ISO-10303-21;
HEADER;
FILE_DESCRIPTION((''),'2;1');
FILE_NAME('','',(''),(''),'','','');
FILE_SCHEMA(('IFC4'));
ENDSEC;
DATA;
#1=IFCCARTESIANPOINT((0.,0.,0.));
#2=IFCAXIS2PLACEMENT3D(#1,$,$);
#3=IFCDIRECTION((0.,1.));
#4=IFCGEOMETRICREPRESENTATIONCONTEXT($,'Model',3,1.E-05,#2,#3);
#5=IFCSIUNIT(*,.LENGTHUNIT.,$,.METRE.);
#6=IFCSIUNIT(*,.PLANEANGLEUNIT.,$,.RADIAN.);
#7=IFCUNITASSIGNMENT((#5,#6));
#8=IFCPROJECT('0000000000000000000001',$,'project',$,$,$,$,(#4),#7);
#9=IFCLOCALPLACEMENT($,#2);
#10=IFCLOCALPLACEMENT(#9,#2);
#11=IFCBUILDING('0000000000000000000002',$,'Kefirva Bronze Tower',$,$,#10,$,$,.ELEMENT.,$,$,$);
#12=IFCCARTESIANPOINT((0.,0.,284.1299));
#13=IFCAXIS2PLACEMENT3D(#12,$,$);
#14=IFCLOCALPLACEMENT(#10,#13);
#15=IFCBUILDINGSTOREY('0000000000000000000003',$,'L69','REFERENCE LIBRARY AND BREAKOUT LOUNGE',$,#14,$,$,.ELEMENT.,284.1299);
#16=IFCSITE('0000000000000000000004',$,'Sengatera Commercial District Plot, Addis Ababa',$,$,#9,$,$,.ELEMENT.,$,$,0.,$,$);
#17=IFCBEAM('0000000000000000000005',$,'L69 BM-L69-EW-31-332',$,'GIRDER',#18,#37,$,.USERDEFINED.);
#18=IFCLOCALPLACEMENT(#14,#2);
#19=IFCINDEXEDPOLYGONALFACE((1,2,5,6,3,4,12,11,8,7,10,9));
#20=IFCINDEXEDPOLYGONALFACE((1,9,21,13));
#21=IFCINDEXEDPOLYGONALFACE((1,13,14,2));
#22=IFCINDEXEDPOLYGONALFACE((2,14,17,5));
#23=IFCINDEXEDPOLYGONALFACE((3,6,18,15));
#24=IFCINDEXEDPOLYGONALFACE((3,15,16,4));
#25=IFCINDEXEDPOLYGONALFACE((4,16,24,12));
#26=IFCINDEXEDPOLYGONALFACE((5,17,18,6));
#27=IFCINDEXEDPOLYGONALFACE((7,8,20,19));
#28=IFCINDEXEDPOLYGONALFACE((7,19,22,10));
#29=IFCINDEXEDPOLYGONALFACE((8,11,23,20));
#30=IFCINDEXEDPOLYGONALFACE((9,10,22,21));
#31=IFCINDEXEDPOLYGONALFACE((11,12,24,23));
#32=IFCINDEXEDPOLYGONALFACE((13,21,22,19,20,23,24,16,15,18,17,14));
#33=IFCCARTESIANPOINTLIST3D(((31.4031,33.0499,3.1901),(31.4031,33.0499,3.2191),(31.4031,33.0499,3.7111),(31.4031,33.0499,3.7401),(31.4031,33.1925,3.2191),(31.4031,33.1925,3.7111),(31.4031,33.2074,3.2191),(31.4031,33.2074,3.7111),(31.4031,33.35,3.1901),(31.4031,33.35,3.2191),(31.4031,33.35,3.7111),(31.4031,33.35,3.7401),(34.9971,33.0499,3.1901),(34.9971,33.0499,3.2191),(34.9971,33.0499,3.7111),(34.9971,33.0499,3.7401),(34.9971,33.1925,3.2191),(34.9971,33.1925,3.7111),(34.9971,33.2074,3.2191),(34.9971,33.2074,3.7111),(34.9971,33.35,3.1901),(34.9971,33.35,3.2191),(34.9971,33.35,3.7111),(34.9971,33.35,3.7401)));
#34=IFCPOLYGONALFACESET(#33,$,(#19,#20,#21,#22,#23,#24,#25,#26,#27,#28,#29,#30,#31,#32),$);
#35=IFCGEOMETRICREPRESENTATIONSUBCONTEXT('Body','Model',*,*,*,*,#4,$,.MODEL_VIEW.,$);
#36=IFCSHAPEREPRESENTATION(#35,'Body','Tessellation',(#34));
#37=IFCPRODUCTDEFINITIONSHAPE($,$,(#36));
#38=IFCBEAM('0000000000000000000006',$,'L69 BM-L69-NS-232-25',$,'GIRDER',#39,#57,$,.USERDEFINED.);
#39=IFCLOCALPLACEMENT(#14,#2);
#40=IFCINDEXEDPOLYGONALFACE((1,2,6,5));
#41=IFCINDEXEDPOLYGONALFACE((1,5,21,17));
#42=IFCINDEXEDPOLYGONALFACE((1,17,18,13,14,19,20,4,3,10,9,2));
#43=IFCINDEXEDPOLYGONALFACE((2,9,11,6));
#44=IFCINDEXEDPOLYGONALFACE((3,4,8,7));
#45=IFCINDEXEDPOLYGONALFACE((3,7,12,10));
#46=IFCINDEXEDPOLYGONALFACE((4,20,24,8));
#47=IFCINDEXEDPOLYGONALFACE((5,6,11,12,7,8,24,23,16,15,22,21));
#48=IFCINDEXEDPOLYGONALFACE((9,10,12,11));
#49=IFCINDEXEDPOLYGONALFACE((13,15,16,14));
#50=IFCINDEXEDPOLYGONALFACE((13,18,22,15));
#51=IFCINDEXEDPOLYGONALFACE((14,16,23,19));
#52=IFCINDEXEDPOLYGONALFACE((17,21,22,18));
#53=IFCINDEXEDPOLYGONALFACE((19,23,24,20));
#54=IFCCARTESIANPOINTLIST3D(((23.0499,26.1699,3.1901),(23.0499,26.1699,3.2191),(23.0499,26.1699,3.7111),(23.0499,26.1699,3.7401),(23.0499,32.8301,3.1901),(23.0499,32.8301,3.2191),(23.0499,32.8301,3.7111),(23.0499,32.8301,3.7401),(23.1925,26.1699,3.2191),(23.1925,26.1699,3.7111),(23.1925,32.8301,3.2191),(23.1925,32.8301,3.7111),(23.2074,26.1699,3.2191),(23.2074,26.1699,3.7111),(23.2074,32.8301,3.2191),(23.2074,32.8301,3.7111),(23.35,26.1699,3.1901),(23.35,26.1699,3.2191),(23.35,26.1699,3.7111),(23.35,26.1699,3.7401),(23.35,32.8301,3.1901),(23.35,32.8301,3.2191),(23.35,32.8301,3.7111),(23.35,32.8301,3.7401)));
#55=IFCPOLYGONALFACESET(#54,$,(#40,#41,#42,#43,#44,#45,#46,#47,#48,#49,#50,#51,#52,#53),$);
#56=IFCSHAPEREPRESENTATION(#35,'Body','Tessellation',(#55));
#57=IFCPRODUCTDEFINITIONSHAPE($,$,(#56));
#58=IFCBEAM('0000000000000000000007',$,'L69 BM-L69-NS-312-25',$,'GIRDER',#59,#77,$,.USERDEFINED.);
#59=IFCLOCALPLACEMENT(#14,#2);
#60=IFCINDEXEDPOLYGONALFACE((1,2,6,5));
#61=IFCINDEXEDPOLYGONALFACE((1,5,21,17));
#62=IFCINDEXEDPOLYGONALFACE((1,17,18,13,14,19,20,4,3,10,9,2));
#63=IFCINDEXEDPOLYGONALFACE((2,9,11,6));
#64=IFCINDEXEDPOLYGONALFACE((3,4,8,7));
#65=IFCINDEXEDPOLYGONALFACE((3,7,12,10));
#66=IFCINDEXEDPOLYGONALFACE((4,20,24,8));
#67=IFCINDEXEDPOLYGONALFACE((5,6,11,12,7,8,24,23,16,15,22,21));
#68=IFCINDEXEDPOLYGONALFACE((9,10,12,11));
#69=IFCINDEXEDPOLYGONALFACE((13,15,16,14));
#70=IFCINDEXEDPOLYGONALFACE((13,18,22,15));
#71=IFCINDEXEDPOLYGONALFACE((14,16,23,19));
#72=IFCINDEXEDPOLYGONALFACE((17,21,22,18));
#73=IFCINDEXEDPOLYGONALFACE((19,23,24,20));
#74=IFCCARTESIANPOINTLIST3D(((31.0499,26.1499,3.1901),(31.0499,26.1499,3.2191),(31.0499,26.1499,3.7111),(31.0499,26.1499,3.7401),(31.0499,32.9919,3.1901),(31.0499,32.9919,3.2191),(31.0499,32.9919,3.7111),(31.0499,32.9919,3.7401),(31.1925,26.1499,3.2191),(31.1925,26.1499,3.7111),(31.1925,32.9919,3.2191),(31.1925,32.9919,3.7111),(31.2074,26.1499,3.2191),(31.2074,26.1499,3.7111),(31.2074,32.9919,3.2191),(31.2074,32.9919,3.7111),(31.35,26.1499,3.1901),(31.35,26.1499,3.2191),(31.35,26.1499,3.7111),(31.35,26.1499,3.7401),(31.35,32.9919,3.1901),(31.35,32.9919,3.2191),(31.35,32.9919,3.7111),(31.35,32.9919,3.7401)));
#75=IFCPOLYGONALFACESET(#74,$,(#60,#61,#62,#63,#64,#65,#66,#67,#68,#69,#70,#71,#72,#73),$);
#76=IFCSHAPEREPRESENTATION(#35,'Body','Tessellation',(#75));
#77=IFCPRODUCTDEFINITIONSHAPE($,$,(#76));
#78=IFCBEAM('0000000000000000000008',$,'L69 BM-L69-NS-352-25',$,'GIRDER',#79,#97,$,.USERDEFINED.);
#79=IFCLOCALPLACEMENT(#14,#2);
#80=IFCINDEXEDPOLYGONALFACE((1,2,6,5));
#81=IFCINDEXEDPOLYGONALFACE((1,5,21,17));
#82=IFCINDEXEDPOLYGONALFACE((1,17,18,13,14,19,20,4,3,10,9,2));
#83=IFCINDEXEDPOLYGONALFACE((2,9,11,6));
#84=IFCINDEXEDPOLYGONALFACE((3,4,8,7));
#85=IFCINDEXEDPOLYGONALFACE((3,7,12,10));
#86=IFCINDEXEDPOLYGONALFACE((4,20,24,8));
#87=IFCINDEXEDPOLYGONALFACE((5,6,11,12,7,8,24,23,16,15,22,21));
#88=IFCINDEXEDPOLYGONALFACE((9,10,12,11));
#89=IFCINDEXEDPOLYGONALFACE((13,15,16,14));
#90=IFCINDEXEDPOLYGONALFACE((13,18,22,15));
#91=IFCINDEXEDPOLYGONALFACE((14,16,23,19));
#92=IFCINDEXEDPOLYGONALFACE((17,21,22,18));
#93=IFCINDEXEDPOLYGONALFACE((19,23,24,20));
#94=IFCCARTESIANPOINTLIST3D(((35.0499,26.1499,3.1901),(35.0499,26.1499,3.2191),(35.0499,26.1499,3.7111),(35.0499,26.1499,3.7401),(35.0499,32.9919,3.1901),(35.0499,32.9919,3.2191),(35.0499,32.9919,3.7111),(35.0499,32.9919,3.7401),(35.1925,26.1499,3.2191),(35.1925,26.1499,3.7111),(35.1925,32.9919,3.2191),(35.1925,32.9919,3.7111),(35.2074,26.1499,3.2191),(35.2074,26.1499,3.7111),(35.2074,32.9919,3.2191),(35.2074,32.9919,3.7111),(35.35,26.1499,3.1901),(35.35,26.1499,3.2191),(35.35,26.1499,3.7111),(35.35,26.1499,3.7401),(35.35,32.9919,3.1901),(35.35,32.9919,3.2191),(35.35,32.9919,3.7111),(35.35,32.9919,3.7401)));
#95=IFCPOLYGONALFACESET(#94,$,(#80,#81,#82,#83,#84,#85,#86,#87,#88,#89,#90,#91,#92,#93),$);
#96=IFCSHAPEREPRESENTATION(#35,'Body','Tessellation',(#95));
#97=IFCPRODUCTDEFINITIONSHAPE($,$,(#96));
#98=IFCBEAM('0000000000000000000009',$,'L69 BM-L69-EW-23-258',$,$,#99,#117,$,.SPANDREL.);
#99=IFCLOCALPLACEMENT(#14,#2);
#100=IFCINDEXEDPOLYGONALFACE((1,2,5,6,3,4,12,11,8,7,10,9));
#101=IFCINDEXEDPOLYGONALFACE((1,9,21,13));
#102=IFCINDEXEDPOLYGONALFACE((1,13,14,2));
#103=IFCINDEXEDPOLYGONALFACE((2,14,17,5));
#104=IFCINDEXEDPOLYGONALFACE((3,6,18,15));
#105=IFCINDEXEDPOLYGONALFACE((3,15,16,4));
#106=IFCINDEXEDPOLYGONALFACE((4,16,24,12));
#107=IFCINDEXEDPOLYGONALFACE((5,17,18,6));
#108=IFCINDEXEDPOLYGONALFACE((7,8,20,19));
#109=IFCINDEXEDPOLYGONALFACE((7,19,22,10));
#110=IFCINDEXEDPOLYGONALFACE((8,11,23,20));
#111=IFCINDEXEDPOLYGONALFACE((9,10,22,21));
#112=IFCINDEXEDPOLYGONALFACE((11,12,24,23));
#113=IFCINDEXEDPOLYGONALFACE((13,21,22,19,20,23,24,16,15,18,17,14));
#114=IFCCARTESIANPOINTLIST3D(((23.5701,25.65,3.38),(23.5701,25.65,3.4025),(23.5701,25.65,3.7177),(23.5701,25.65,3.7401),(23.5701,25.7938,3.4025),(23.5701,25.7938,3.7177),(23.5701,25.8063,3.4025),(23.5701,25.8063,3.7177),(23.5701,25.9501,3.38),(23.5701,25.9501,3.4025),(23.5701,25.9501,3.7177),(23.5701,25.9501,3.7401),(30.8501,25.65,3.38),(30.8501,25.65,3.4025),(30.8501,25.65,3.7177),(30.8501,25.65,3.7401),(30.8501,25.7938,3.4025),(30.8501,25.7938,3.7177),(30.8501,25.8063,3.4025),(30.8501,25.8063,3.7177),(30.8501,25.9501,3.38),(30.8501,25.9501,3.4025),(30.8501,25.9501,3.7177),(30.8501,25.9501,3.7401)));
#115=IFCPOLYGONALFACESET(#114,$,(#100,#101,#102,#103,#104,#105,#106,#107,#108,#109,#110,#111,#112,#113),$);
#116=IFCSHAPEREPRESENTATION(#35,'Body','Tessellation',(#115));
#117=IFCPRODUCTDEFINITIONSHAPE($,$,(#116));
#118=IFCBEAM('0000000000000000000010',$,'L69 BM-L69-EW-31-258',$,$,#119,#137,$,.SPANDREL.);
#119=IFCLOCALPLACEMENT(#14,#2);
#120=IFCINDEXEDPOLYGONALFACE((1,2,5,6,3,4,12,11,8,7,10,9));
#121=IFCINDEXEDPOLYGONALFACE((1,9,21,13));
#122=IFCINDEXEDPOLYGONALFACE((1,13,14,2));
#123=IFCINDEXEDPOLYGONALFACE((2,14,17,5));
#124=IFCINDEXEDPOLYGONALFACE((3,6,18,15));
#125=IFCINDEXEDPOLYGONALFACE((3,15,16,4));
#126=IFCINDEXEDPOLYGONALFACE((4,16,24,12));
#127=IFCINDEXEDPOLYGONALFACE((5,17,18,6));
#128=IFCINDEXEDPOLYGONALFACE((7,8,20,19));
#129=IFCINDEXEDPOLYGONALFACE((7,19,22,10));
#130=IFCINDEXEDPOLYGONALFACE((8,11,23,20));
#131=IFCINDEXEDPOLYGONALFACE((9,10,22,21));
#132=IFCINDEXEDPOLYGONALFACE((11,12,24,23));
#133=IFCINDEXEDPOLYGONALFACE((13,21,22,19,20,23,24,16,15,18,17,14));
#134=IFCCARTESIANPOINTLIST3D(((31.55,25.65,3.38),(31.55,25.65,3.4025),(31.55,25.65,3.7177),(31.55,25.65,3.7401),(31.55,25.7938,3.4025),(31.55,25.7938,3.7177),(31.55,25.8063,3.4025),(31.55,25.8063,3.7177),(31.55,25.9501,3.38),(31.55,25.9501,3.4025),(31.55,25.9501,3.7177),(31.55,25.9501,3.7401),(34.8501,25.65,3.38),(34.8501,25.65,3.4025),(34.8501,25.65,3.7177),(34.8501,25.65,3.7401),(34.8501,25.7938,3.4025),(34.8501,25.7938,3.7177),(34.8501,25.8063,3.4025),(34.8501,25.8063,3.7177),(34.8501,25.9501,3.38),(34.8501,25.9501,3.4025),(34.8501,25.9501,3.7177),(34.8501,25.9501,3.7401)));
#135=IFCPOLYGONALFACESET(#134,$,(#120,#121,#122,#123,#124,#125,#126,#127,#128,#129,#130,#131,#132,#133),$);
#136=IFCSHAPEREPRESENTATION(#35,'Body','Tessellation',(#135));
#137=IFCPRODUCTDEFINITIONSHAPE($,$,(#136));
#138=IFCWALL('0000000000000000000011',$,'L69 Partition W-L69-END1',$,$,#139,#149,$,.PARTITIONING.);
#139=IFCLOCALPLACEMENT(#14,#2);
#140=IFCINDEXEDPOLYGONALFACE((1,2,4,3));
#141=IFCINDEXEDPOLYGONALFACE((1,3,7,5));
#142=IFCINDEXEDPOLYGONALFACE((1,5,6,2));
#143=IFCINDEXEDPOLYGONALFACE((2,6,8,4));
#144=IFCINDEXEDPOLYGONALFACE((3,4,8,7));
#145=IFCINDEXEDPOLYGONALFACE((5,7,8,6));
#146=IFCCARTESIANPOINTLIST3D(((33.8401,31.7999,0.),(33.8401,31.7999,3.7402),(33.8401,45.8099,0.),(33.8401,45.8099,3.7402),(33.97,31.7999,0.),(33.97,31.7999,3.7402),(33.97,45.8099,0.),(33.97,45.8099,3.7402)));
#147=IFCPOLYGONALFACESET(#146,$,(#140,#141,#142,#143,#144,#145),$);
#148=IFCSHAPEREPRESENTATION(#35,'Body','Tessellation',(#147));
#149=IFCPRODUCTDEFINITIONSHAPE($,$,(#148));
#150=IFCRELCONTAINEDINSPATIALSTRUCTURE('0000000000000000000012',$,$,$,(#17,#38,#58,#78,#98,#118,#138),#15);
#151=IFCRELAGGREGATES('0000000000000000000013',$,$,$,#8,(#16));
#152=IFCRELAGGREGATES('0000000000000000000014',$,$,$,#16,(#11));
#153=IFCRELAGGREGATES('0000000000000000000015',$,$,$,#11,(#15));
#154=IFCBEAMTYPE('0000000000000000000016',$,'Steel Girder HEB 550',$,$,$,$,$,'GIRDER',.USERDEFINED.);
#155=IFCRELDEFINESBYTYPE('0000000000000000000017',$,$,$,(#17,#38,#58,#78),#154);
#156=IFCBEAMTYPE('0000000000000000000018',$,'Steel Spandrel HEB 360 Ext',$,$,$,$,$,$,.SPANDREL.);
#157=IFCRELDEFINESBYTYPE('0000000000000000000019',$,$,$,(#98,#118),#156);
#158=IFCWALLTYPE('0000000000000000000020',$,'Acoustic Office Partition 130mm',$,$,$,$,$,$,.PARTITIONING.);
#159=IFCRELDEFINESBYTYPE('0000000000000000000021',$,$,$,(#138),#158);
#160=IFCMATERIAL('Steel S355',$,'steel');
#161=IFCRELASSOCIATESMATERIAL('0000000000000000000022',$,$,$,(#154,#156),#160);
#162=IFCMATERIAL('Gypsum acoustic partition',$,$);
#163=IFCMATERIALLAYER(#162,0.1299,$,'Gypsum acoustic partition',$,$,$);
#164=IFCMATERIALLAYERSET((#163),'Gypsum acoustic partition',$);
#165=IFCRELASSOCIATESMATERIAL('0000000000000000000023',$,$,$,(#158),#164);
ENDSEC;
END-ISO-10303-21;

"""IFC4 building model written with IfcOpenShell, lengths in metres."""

from ifc_helpers import new_model, si_unit, direction, frame, frame_2d, origin, origin_2d, place, context, subcontext, project, spatial, rectangle, i_section, extrude, material, layer, layer_set, material_profile, profile_set, type_object, element, save


model = new_model("IFC4")

# Units and contexts
model_context = context("Model", 3, precision=1e-05, world=origin(), true_north=direction((0.0, 1.0)))
body_context = subcontext(model_context, "Body", "Model", "MODEL_VIEW")
ifc_project = project(units=[si_unit("LENGTHUNIT", "METRE"), si_unit("PLANEANGLEUNIT", "RADIAN")], contexts=[model_context])

# Site, building, storey
site_placement = place(None, origin())
site = spatial("IfcSite", under=ifc_project, at=site_placement, Name="Sengatera Commercial District Plot, Addis Ababa", CompositionType="ELEMENT", RefElevation=0.0)
building_placement = place(site_placement, origin())
building = spatial("IfcBuilding", under=site, at=building_placement, Name="Kefirva Bronze Tower", CompositionType="ELEMENT")
storey_placement = place(building_placement, frame((0.0, 0.0, 284.1299)))
storey = spatial("IfcBuildingStorey", under=building, at=storey_placement, Name="L69", Description="REFERENCE LIBRARY AND BREAKOUT LOUNGE", CompositionType="ELEMENT", Elevation=284.1299)

# Beams
ifc_material_1 = material(Name="Steel S355", Category="steel")
ifc_material_profile_1 = material_profile(ifc_material_1, i_section(OverallWidth=0.3, OverallDepth=0.55, WebThickness=0.0149, FlangeThickness=0.0291, at=origin_2d()), Name="HEB 550")
ifc_profile_set_1 = profile_set([ifc_material_profile_1], Name="Steel S355")
beam_type_1 = type_object("IfcBeamType", Name="Steel Girder HEB 550", ElementType="GIRDER", PredefinedType="USERDEFINED", material=ifc_profile_set_1)
beam_1_placement = place(storey_placement, frame((31.4031, 33.2, 3.4651), z_axis=(1.0, 0.0, 0.0), x_axis=(0.0, 1.0, 0.0)))
element("IfcBeam", 1, at=beam_1_placement, inside=storey, type_object=beam_type_1, Name="L69 BM-L69-EW-31-332", ObjectType="GIRDER", PredefinedType="USERDEFINED", context=body_context, shape_type="SweptSolid", body=[
    extrude(i_section(OverallWidth=0.3, OverallDepth=0.55, WebThickness=0.0149, FlangeThickness=0.0291, at=origin_2d()), origin(), (0.0, 0.0, 1.0), 3.594),
])
beam_2_placement = place(storey_placement, frame((23.2, 26.1699, 3.4651), z_axis=(0.0, 1.0, 0.0), x_axis=(-1.0, 0.0, 0.0)))
element("IfcBeam", 2, at=beam_2_placement, inside=storey, type_object=beam_type_1, Name="L69 BM-L69-NS-232-25", ObjectType="GIRDER", PredefinedType="USERDEFINED", context=body_context, shape_type="SweptSolid", body=[
    extrude(i_section(OverallWidth=0.3, OverallDepth=0.55, WebThickness=0.0149, FlangeThickness=0.0291, at=origin_2d()), origin(), (0.0, 0.0, 1.0), 6.6602),
])
for number, where, z_axis, x_axis, name in (
    (3, (31.2, 26.1499, 3.4651), (0.0, 1.0, 0.0), (-1.0, 0.0, 0.0), "L69 BM-L69-NS-312-25"),
    (4, (35.2, 26.1499, 3.4651), (0.0, 1.0, 0.0), (-1.0, 0.0, 0.0), "L69 BM-L69-NS-352-25"),
):
    element("IfcBeam", number, at=place(storey_placement, frame(where, z_axis=z_axis, x_axis=x_axis)), inside=storey, type_object=beam_type_1, Name=name, ObjectType="GIRDER", PredefinedType="USERDEFINED", context=body_context, shape_type="SweptSolid", body=[
        extrude(i_section(OverallWidth=0.3, OverallDepth=0.55, WebThickness=0.0149, FlangeThickness=0.0291, at=origin_2d()), origin(), (0.0, 0.0, 1.0), 6.842),
    ])
ifc_material_profile_2 = material_profile(ifc_material_1, i_section(OverallWidth=0.3, OverallDepth=0.3601, WebThickness=0.0125, FlangeThickness=0.0225, at=origin_2d()), Name="HEB 360")
ifc_profile_set_2 = profile_set([ifc_material_profile_2], Name="Steel S355")
beam_type_2 = type_object("IfcBeamType", Name="Steel Spandrel HEB 360 Ext", PredefinedType="SPANDREL", material=ifc_profile_set_2)
beam_3_placement = place(storey_placement, frame((23.5701, 25.8, 3.5601), z_axis=(1.0, 0.0, 0.0), x_axis=(0.0, 1.0, 0.0)))
element("IfcBeam", 5, at=beam_3_placement, inside=storey, type_object=beam_type_2, Name="L69 BM-L69-EW-23-258", PredefinedType="SPANDREL", context=body_context, shape_type="SweptSolid", body=[
    extrude(i_section(OverallWidth=0.3, OverallDepth=0.3601, WebThickness=0.0125, FlangeThickness=0.0225, at=origin_2d()), origin(), (0.0, 0.0, 1.0), 7.28),
])
beam_4_placement = place(storey_placement, frame((31.55, 25.8, 3.5601), z_axis=(1.0, 0.0, 0.0), x_axis=(0.0, 1.0, 0.0)))
element("IfcBeam", 6, at=beam_4_placement, inside=storey, type_object=beam_type_2, Name="L69 BM-L69-EW-31-258", PredefinedType="SPANDREL", context=body_context, shape_type="SweptSolid", body=[
    extrude(i_section(OverallWidth=0.3, OverallDepth=0.3601, WebThickness=0.0125, FlangeThickness=0.0225, at=origin_2d()), origin(), (0.0, 0.0, 1.0), 3.3),
])

# Wall
ifc_material_2 = material(Name="Gypsum acoustic partition")
ifc_layer_1 = layer(ifc_material_2, 0.1299, Name="Gypsum acoustic partition")
ifc_layer_set_1 = layer_set([ifc_layer_1], Name="Gypsum acoustic partition")
wall_type_1 = type_object("IfcWallType", Name="Acoustic Office Partition 130mm", PredefinedType="PARTITIONING", material=ifc_layer_set_1)
wall_1_placement = place(storey_placement, frame((33.905, 31.8, 0.0), z_axis=(0.0, 0.0, 1.0), x_axis=(0.0, 1.0, 0.0)))
element("IfcWall", 7, at=wall_1_placement, inside=storey, type_object=wall_type_1, Name="L69 Partition W-L69-END1", PredefinedType="PARTITIONING", context=body_context, shape_type="SweptSolid", body=[
    extrude(rectangle(XDim=14.01, YDim=0.1299, at=frame_2d((7.0049, 0.0))), origin(), (0.0, 0.0, 1.0), 3.7402),
])

save(model, "model.ifc")
